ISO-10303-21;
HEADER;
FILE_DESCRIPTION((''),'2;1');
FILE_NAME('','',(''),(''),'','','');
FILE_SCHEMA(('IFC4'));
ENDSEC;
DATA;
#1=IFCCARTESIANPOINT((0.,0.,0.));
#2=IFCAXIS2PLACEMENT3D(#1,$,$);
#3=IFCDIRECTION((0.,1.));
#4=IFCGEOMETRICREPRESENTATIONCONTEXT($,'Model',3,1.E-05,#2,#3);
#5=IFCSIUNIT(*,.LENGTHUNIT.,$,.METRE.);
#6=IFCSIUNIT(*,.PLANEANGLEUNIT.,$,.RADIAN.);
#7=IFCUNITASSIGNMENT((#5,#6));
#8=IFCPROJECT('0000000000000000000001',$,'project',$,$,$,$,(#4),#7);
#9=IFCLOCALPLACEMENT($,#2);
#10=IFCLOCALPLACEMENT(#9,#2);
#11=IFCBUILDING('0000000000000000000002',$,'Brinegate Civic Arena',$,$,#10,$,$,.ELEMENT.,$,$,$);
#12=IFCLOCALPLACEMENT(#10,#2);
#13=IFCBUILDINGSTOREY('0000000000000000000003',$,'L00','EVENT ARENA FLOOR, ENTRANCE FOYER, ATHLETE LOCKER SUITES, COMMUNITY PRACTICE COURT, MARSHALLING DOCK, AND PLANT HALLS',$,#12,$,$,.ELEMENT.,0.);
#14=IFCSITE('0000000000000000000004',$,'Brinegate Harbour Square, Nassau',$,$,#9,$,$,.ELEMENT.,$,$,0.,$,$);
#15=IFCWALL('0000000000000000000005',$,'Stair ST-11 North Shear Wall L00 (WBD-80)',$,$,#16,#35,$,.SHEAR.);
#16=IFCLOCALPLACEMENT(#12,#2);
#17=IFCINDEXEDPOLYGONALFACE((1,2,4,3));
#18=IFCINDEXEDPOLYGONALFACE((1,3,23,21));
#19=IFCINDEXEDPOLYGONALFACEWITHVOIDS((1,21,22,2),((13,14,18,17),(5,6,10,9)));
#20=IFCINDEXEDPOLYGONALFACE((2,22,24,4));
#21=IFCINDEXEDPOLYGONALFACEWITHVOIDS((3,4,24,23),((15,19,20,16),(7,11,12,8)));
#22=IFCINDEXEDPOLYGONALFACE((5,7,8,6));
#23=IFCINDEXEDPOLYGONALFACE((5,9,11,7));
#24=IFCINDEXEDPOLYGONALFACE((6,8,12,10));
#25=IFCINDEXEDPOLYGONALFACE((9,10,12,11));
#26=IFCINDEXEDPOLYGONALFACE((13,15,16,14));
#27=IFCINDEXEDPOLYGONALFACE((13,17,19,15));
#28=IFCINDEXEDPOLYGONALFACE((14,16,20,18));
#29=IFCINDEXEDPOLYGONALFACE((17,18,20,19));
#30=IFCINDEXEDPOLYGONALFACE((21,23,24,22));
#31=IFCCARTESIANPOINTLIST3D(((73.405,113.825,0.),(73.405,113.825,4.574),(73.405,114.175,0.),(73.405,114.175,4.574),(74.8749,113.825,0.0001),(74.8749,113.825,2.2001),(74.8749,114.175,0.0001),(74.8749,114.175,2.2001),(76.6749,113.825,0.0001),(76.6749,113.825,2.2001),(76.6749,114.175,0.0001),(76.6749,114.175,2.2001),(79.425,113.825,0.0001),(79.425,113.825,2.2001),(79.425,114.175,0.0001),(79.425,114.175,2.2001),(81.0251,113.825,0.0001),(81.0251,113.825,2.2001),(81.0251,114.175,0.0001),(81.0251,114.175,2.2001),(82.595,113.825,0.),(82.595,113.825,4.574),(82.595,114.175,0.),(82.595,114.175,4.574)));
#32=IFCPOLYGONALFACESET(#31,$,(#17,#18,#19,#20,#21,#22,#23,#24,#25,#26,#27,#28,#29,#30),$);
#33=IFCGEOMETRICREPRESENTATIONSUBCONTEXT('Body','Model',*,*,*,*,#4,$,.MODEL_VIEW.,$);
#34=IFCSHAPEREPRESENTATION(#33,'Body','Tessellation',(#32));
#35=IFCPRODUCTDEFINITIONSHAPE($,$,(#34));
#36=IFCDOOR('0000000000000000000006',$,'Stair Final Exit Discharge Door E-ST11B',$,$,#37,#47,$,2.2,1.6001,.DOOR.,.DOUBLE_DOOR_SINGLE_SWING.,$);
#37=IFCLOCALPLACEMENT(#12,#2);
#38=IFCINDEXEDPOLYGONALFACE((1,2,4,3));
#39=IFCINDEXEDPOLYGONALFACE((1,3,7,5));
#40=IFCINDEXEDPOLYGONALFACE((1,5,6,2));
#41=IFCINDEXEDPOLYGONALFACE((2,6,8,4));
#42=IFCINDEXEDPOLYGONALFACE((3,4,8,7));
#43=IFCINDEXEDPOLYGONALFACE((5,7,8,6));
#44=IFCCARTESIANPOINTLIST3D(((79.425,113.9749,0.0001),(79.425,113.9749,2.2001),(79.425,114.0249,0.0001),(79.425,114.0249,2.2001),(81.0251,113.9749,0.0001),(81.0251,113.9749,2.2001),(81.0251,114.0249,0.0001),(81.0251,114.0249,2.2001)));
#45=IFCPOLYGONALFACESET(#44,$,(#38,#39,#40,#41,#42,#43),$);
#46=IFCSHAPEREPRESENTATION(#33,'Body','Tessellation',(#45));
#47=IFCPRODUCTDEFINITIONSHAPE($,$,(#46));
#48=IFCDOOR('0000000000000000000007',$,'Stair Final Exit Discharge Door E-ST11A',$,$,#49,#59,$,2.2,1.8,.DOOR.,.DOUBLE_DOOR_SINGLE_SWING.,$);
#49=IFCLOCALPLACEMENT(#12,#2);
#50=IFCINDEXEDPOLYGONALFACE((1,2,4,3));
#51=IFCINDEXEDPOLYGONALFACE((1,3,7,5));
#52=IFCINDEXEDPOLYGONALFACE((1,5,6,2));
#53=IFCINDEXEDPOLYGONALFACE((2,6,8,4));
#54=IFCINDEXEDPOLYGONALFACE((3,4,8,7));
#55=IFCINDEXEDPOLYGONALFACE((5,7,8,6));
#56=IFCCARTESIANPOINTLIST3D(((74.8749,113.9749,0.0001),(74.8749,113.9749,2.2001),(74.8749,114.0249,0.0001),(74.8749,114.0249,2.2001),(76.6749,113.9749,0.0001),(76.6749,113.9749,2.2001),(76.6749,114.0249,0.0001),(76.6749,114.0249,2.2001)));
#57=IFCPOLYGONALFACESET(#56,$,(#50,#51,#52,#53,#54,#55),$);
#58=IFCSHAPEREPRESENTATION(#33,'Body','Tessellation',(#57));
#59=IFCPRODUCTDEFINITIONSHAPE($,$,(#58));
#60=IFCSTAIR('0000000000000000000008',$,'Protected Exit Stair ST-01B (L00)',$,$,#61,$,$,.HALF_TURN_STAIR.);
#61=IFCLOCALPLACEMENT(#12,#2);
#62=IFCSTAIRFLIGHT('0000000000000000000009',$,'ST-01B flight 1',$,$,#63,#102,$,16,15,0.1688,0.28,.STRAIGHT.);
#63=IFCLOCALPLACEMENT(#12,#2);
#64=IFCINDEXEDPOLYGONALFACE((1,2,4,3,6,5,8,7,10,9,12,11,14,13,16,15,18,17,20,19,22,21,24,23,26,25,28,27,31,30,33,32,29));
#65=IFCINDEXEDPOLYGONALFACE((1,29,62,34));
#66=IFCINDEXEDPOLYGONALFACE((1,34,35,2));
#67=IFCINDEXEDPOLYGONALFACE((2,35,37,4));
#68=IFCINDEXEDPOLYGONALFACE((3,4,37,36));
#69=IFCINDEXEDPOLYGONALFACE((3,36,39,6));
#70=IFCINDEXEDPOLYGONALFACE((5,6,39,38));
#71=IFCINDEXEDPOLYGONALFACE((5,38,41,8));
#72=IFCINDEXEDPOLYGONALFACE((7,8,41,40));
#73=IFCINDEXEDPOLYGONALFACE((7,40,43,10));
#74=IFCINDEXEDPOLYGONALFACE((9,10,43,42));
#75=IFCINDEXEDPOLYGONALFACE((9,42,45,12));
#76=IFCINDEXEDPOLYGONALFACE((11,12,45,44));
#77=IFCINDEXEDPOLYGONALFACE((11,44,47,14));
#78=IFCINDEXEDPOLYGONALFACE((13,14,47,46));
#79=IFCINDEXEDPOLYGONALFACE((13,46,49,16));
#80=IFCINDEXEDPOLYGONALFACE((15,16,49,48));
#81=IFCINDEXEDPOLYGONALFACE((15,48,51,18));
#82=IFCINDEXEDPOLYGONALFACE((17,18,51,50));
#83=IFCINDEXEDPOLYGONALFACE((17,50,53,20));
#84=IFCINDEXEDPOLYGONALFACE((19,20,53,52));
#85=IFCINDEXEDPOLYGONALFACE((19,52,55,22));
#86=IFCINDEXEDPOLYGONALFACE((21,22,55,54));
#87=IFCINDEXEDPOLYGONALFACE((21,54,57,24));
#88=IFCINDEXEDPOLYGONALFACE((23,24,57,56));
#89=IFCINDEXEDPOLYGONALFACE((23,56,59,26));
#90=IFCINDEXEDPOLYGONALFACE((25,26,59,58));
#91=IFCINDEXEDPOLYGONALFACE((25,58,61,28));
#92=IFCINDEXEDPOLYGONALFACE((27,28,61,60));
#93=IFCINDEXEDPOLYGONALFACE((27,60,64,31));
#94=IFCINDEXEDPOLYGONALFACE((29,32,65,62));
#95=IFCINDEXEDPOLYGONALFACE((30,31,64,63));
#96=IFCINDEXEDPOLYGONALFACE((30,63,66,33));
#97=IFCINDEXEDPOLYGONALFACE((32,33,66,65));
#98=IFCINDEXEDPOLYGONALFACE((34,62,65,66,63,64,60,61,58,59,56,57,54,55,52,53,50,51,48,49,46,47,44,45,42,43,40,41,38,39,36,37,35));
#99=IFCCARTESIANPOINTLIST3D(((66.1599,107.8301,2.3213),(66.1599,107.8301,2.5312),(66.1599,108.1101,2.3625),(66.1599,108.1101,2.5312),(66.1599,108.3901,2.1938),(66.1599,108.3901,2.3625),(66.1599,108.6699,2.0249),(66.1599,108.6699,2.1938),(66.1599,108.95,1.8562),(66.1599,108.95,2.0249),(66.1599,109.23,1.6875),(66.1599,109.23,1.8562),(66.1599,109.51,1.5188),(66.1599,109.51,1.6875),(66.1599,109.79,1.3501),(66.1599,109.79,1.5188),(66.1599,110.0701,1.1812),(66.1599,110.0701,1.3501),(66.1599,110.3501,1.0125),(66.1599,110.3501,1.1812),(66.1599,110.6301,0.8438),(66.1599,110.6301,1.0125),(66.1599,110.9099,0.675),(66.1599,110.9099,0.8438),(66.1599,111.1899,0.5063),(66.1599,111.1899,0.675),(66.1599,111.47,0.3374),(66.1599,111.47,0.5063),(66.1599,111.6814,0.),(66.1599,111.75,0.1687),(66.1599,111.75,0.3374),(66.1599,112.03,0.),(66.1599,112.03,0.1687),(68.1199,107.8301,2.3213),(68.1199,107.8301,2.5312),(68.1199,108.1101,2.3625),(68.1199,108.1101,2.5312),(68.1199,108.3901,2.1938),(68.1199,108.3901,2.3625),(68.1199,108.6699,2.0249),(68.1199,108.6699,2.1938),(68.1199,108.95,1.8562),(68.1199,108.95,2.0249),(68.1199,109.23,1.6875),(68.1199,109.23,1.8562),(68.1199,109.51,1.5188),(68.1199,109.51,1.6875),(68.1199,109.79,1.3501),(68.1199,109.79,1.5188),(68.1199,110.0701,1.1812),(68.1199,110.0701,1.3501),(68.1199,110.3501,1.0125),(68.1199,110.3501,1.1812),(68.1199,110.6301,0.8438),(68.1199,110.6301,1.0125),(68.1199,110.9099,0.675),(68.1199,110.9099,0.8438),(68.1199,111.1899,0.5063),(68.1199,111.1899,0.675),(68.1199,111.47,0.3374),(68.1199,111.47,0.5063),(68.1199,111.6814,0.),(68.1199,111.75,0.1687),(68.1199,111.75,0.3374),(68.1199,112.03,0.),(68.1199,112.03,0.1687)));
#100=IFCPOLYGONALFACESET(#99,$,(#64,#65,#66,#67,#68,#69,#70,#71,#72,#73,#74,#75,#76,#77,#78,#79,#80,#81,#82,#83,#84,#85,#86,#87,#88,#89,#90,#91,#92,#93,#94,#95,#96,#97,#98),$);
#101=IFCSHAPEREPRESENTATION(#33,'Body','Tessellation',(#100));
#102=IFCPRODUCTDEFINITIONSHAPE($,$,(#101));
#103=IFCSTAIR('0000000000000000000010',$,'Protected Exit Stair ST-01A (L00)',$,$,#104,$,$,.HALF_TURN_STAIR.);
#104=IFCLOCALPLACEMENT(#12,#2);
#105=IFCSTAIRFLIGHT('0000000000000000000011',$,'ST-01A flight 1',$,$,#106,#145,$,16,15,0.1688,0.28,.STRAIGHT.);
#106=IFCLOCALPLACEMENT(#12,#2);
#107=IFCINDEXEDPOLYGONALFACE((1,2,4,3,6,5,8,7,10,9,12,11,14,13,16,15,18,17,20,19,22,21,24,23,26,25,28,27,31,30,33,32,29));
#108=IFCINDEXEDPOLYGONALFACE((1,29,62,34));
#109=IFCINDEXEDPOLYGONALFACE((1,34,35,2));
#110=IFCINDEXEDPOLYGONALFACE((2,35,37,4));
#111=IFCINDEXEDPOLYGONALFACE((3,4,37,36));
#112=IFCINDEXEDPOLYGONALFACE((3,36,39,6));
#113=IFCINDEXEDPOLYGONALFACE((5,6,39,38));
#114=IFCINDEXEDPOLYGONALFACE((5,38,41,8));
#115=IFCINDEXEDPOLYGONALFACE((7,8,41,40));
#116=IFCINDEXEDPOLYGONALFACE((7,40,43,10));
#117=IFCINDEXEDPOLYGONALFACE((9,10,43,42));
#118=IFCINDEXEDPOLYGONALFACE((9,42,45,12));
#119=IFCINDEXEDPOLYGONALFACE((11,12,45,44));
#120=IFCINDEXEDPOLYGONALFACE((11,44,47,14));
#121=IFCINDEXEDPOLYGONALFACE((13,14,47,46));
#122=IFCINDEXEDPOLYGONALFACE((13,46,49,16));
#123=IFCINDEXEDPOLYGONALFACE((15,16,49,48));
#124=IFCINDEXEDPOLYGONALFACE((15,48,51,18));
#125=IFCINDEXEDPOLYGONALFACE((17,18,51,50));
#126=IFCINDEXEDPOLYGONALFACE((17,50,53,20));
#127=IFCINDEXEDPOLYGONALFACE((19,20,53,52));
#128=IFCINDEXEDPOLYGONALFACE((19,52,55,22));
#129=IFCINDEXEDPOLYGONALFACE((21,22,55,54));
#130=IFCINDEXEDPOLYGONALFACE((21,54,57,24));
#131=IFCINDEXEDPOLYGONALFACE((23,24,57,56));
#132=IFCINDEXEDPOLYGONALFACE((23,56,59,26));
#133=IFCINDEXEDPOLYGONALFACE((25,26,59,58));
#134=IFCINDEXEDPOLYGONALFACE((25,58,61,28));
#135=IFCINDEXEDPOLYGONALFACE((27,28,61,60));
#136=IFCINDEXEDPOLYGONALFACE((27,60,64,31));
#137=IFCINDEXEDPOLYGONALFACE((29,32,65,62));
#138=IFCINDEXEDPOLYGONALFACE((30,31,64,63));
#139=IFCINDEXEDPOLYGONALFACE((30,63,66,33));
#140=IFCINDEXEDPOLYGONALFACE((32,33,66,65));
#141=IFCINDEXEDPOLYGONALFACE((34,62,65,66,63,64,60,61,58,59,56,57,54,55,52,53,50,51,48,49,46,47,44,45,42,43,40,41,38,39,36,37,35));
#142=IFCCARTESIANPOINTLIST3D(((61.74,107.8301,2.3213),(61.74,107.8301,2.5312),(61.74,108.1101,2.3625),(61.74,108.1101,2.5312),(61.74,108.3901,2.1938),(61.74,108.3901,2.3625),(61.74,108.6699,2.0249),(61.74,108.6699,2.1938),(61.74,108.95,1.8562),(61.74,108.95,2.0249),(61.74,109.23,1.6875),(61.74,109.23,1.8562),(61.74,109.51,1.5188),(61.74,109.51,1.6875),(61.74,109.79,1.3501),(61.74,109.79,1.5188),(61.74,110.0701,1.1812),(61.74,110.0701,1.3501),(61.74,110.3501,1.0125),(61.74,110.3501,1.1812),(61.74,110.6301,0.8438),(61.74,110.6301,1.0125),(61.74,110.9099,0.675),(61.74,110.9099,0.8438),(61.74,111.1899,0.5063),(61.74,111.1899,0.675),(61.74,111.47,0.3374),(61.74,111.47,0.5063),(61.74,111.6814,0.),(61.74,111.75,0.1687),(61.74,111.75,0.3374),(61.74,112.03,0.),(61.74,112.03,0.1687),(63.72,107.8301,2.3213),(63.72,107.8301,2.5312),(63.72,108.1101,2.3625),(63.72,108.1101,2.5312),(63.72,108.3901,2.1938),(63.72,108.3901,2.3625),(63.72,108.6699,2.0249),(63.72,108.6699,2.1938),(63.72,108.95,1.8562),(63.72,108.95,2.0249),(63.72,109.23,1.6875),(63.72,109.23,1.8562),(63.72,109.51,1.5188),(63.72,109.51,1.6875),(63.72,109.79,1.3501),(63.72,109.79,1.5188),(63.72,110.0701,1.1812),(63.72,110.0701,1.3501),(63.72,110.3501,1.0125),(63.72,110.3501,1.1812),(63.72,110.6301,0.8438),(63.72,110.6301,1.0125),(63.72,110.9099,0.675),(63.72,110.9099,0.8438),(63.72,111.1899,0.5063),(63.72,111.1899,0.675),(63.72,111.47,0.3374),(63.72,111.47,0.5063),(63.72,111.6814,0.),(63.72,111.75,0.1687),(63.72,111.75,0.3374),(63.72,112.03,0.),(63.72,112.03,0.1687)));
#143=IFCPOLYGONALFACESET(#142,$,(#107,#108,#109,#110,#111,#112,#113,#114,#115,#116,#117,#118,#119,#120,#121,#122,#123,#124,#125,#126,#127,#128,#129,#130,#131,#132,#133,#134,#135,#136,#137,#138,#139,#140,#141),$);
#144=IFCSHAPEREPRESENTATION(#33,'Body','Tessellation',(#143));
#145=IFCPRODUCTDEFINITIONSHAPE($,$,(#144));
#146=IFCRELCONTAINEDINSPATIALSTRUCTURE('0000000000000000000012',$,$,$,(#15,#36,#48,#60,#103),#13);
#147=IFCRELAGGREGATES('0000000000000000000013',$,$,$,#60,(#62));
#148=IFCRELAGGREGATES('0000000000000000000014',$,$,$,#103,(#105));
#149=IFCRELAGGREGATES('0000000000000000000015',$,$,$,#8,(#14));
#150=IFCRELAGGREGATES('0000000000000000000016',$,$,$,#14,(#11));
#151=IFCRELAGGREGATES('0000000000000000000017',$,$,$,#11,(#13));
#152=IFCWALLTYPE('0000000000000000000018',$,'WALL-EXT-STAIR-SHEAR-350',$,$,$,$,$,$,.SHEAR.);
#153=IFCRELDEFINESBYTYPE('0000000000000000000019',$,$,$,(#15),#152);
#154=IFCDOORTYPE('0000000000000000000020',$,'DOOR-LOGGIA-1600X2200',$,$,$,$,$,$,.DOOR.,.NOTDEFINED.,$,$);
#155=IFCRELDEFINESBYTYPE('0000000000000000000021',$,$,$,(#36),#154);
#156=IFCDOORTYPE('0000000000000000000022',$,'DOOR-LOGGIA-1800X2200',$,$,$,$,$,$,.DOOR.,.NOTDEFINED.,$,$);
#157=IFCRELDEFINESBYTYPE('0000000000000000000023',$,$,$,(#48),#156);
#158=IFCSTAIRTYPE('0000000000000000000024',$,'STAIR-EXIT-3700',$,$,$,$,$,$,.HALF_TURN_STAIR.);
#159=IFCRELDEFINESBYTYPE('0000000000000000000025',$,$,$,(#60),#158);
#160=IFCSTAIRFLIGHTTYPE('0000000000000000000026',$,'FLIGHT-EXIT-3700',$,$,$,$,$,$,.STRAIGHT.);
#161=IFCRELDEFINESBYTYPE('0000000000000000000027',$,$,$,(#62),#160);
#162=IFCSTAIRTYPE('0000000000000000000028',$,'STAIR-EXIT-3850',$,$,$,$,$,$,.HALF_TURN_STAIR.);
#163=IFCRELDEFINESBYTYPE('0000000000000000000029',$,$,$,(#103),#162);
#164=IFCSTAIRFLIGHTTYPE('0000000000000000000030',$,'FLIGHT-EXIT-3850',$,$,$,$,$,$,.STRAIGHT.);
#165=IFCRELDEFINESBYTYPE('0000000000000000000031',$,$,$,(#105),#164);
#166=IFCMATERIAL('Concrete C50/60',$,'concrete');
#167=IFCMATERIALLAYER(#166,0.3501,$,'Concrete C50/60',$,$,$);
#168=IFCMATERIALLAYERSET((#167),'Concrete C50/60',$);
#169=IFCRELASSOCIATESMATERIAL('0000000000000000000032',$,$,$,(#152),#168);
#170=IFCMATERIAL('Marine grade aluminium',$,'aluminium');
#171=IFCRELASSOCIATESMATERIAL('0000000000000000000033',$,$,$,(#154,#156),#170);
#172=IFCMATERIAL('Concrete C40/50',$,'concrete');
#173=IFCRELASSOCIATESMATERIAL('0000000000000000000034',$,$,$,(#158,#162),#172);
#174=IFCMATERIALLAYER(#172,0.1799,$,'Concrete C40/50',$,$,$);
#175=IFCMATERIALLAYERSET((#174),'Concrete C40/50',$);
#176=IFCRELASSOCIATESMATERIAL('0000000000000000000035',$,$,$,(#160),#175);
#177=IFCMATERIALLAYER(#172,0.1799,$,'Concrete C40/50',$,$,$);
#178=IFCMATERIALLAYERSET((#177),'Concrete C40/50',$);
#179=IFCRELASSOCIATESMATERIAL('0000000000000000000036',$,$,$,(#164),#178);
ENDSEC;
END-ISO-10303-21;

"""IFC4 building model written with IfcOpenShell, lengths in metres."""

from ifc_helpers import new_model, si_unit, direction, frame, frame_2d, origin, place, context, subcontext, project, spatial, polyline, rectangle, outline, extrude, material, layer, layer_set, type_object, element, fill, aggregate, save


model = new_model("IFC4")

# Units and contexts
model_context = context("Model", 3, precision=1e-05, world=origin(), true_north=direction((0.0, 1.0)))
body_context = subcontext(model_context, "Body", "Model", "MODEL_VIEW")
ifc_project = project(units=[si_unit("LENGTHUNIT", "METRE"), si_unit("PLANEANGLEUNIT", "RADIAN")], contexts=[model_context])

# Site, building, storey
site_placement = place(None, origin())
site = spatial("IfcSite", under=ifc_project, at=site_placement, Name="Brinegate Harbour Square, Nassau", CompositionType="ELEMENT", RefElevation=0.0)
building_placement = place(site_placement, origin())
building = spatial("IfcBuilding", under=site, at=building_placement, Name="Brinegate Civic Arena", CompositionType="ELEMENT")
storey_placement = place(building_placement, origin())
storey = spatial("IfcBuildingStorey", under=building, at=storey_placement, Name="L00", Description="EVENT ARENA FLOOR, ENTRANCE FOYER, ATHLETE LOCKER SUITES, COMMUNITY PRACTICE COURT, MARSHALLING DOCK, AND PLANT HALLS", CompositionType="ELEMENT", Elevation=0.0)

# Shared definitions
ifc_material_1 = material(Name="Concrete C40/50", Category="concrete")

# Shared definitions
ifc_material_2 = material(Name="Concrete C50/60", Category="concrete")

# Wall, openings, doors
ifc_layer_1 = layer(ifc_material_2, 0.3501, Name="Concrete C50/60")
ifc_layer_set_1 = layer_set([ifc_layer_1], Name="Concrete C50/60")
wall_type = type_object("IfcWallType", Name="WALL-EXT-STAIR-SHEAR-350", PredefinedType="SHEAR", material=ifc_layer_set_1)
ifc_material_3 = material(Name="Marine grade aluminium", Category="aluminium")
door_type_1 = type_object("IfcDoorType", Name="DOOR-LOGGIA-1600X2200", OperationType="NOTDEFINED", PredefinedType="DOOR", material=ifc_material_3)
door_type_2 = type_object("IfcDoorType", Name="DOOR-LOGGIA-1800X2200", OperationType="NOTDEFINED", PredefinedType="DOOR", material=ifc_material_3)
wall_1_placement = place(storey_placement, frame((73.405, 114.0, 0.0), z_axis=(0.0, 0.0, 1.0), x_axis=(1.0, 0.0, 0.0)))
wall_1 = element("IfcWall", 1, at=wall_1_placement, inside=storey, type_object=wall_type, Name="Stair ST-11 North Shear Wall L00 (WBD-80)", PredefinedType="SHEAR", context=body_context, shape_type="SweptSolid", body=[
    extrude(rectangle(XDim=9.1899, YDim=0.3501, at=frame_2d((4.595, 0.0))), origin(), (0.0, 0.0, 1.0), 4.574),
])
opening_1_placement = place(wall_1_placement, frame((1.47, 0.0, 0.0)))
opening_1 = element("IfcOpeningElement", 2, at=opening_1_placement, cuts=wall_1, PredefinedType="OPENING", context=body_context, shape_type="SweptSolid", body=[
    extrude(rectangle(XDim=1.8, YDim=2.2, at=frame_2d((0.8999, 1.1001))), frame((0.0, 0.1851, 0.0), z_axis=(0.0, -1.0, 0.0), x_axis=(1.0, 0.0, 0.0)), (0.0, 0.0, 1.0), 0.3701),
])
opening_2_placement = place(wall_1_placement, frame((6.02, 0.0, 0.0)))
opening_2 = element("IfcOpeningElement", 3, at=opening_2_placement, cuts=wall_1, PredefinedType="OPENING", context=body_context, shape_type="SweptSolid", body=[
    extrude(rectangle(XDim=1.6001, YDim=2.2, at=frame_2d((0.8, 1.1001))), frame((0.0, 0.1851, 0.0), z_axis=(0.0, -1.0, 0.0), x_axis=(1.0, 0.0, 0.0)), (0.0, 0.0, 1.0), 0.3701),
])
door_1_placement = place(opening_2_placement, origin())
door_1 = element("IfcDoor", 4, at=door_1_placement, inside=storey, type_object=door_type_1, Name="Stair Final Exit Discharge Door E-ST11B", OperationType="DOUBLE_DOOR_SINGLE_SWING", OverallHeight=2.2, OverallWidth=1.6001, PredefinedType="DOOR", context=body_context, shape_type="SweptSolid", body=[
    extrude(rectangle(XDim=1.6001, YDim=2.2, at=frame_2d((0.8, 1.1001))), frame((0.0, 0.0249, 0.0), z_axis=(0.0, -1.0, 0.0), x_axis=(1.0, 0.0, 0.0)), (0.0, 0.0, 1.0), 0.05),
])
fill(opening_2, door_1)
door_2_placement = place(opening_1_placement, origin())
door_2 = element("IfcDoor", 5, at=door_2_placement, inside=storey, type_object=door_type_2, Name="Stair Final Exit Discharge Door E-ST11A", OperationType="DOUBLE_DOOR_SINGLE_SWING", OverallHeight=2.2, OverallWidth=1.8, PredefinedType="DOOR", context=body_context, shape_type="SweptSolid", body=[
    extrude(rectangle(XDim=1.8, YDim=2.2, at=frame_2d((0.8999, 1.1001))), frame((0.0, 0.0249, 0.0), z_axis=(0.0, -1.0, 0.0), x_axis=(1.0, 0.0, 0.0)), (0.0, 0.0, 1.0), 0.05),
])
fill(opening_1, door_2)

# Stairs, stair flights
stair_type_1 = type_object("IfcStairType", Name="STAIR-EXIT-3700", PredefinedType="HALF_TURN_STAIR", material=ifc_material_1)
stair_1_placement = place(storey_placement, origin())
stair_1 = element("IfcStair", 6, at=stair_1_placement, inside=storey, type_object=stair_type_1, Name="Protected Exit Stair ST-01B (L00)", PredefinedType="HALF_TURN_STAIR")
ifc_layer_2 = layer(ifc_material_1, 0.1799, Name="Concrete C40/50")
ifc_layer_set_2 = layer_set([ifc_layer_2], Name="Concrete C40/50")
stair_flight_type_1 = type_object("IfcStairFlightType", Name="FLIGHT-EXIT-3700", PredefinedType="STRAIGHT", material=ifc_layer_set_2)
stair_flight_1_placement = place(storey_placement, frame((67.1399, 112.03, 0.0), z_axis=(0.0, 0.0, 1.0), x_axis=(0.0, -1.0, 0.0)))
stair_flight_1 = element("IfcStairFlight", 7, at=stair_flight_1_placement, type_object=stair_flight_type_1, Name="ST-01B flight 1", NumberOfRisers=16, NumberOfTreads=15, PredefinedType="STRAIGHT", RiserHeight=0.1688, TreadLength=0.28, context=body_context, shape_type="SweptSolid", body=[
    extrude(outline(polyline([(0.0, 0.0), (0.0, 0.1687), (0.28, 0.1687), (0.28, 0.3374), (0.5601, 0.3374), (0.5601, 0.5063), (0.8401, 0.5063), (0.8401, 0.675), (1.1201, 0.675), (1.1201, 0.8438), (1.3999, 0.8438), (1.3999, 1.0125), (1.6799, 1.0125), (1.6799, 1.1812), (1.96, 1.1812), (1.96, 1.3501), (2.24, 1.3501), (2.24, 1.5188), (2.52, 1.5188), (2.52, 1.6875), (2.8, 1.6875), (2.8, 1.8562), (3.0801, 1.8562), (3.0801, 2.0249), (3.3601, 2.0249), (3.3601, 2.1938), (3.6399, 2.1938), (3.6399, 2.3625), (3.9199, 2.3625), (3.9199, 2.5312), (4.2, 2.5312), (4.2, 2.7), (4.2, 2.3213), (0.3486, 0.0), (0.0, 0.0)])), frame((0.0, 0.98, 0.0), z_axis=(0.0, -1.0, 0.0), x_axis=(1.0, 0.0, 0.0)), (0.0, 0.0, 1.0), 1.96),
])
aggregate(stair_1, [stair_flight_1])
stair_type_2 = type_object("IfcStairType", Name="STAIR-EXIT-3850", PredefinedType="HALF_TURN_STAIR", material=ifc_material_1)
stair_2_placement = place(storey_placement, origin())
stair_2 = element("IfcStair", 8, at=stair_2_placement, inside=storey, type_object=stair_type_2, Name="Protected Exit Stair ST-01A (L00)", PredefinedType="HALF_TURN_STAIR")
ifc_layer_3 = layer(ifc_material_1, 0.1799, Name="Concrete C40/50")
ifc_layer_set_3 = layer_set([ifc_layer_3], Name="Concrete C40/50")
stair_flight_type_2 = type_object("IfcStairFlightType", Name="FLIGHT-EXIT-3850", PredefinedType="STRAIGHT", material=ifc_layer_set_3)
stair_flight_2_placement = place(storey_placement, frame((62.73, 112.03, 0.0), z_axis=(0.0, 0.0, 1.0), x_axis=(0.0, -1.0, 0.0)))
stair_flight_2 = element("IfcStairFlight", 9, at=stair_flight_2_placement, type_object=stair_flight_type_2, Name="ST-01A flight 1", NumberOfRisers=16, NumberOfTreads=15, PredefinedType="STRAIGHT", RiserHeight=0.1688, TreadLength=0.28, context=body_context, shape_type="SweptSolid", body=[
    extrude(outline(polyline([(0.0, 0.0), (0.0, 0.1687), (0.28, 0.1687), (0.28, 0.3374), (0.5601, 0.3374), (0.5601, 0.5063), (0.8401, 0.5063), (0.8401, 0.675), (1.1201, 0.675), (1.1201, 0.8438), (1.3999, 0.8438), (1.3999, 1.0125), (1.6799, 1.0125), (1.6799, 1.1812), (1.96, 1.1812), (1.96, 1.3501), (2.24, 1.3501), (2.24, 1.5188), (2.52, 1.5188), (2.52, 1.6875), (2.8, 1.6875), (2.8, 1.8562), (3.0801, 1.8562), (3.0801, 2.0249), (3.3601, 2.0249), (3.3601, 2.1938), (3.6399, 2.1938), (3.6399, 2.3625), (3.9199, 2.3625), (3.9199, 2.5312), (4.2, 2.5312), (4.2, 2.7), (4.2, 2.3213), (0.3486, 0.0), (0.0, 0.0)])), frame((0.0, 0.99, 0.0), z_axis=(0.0, -1.0, 0.0), x_axis=(1.0, 0.0, 0.0)), (0.0, 0.0, 1.0), 1.98),
])
aggregate(stair_2, [stair_flight_2])

save(model, "model.ifc")
